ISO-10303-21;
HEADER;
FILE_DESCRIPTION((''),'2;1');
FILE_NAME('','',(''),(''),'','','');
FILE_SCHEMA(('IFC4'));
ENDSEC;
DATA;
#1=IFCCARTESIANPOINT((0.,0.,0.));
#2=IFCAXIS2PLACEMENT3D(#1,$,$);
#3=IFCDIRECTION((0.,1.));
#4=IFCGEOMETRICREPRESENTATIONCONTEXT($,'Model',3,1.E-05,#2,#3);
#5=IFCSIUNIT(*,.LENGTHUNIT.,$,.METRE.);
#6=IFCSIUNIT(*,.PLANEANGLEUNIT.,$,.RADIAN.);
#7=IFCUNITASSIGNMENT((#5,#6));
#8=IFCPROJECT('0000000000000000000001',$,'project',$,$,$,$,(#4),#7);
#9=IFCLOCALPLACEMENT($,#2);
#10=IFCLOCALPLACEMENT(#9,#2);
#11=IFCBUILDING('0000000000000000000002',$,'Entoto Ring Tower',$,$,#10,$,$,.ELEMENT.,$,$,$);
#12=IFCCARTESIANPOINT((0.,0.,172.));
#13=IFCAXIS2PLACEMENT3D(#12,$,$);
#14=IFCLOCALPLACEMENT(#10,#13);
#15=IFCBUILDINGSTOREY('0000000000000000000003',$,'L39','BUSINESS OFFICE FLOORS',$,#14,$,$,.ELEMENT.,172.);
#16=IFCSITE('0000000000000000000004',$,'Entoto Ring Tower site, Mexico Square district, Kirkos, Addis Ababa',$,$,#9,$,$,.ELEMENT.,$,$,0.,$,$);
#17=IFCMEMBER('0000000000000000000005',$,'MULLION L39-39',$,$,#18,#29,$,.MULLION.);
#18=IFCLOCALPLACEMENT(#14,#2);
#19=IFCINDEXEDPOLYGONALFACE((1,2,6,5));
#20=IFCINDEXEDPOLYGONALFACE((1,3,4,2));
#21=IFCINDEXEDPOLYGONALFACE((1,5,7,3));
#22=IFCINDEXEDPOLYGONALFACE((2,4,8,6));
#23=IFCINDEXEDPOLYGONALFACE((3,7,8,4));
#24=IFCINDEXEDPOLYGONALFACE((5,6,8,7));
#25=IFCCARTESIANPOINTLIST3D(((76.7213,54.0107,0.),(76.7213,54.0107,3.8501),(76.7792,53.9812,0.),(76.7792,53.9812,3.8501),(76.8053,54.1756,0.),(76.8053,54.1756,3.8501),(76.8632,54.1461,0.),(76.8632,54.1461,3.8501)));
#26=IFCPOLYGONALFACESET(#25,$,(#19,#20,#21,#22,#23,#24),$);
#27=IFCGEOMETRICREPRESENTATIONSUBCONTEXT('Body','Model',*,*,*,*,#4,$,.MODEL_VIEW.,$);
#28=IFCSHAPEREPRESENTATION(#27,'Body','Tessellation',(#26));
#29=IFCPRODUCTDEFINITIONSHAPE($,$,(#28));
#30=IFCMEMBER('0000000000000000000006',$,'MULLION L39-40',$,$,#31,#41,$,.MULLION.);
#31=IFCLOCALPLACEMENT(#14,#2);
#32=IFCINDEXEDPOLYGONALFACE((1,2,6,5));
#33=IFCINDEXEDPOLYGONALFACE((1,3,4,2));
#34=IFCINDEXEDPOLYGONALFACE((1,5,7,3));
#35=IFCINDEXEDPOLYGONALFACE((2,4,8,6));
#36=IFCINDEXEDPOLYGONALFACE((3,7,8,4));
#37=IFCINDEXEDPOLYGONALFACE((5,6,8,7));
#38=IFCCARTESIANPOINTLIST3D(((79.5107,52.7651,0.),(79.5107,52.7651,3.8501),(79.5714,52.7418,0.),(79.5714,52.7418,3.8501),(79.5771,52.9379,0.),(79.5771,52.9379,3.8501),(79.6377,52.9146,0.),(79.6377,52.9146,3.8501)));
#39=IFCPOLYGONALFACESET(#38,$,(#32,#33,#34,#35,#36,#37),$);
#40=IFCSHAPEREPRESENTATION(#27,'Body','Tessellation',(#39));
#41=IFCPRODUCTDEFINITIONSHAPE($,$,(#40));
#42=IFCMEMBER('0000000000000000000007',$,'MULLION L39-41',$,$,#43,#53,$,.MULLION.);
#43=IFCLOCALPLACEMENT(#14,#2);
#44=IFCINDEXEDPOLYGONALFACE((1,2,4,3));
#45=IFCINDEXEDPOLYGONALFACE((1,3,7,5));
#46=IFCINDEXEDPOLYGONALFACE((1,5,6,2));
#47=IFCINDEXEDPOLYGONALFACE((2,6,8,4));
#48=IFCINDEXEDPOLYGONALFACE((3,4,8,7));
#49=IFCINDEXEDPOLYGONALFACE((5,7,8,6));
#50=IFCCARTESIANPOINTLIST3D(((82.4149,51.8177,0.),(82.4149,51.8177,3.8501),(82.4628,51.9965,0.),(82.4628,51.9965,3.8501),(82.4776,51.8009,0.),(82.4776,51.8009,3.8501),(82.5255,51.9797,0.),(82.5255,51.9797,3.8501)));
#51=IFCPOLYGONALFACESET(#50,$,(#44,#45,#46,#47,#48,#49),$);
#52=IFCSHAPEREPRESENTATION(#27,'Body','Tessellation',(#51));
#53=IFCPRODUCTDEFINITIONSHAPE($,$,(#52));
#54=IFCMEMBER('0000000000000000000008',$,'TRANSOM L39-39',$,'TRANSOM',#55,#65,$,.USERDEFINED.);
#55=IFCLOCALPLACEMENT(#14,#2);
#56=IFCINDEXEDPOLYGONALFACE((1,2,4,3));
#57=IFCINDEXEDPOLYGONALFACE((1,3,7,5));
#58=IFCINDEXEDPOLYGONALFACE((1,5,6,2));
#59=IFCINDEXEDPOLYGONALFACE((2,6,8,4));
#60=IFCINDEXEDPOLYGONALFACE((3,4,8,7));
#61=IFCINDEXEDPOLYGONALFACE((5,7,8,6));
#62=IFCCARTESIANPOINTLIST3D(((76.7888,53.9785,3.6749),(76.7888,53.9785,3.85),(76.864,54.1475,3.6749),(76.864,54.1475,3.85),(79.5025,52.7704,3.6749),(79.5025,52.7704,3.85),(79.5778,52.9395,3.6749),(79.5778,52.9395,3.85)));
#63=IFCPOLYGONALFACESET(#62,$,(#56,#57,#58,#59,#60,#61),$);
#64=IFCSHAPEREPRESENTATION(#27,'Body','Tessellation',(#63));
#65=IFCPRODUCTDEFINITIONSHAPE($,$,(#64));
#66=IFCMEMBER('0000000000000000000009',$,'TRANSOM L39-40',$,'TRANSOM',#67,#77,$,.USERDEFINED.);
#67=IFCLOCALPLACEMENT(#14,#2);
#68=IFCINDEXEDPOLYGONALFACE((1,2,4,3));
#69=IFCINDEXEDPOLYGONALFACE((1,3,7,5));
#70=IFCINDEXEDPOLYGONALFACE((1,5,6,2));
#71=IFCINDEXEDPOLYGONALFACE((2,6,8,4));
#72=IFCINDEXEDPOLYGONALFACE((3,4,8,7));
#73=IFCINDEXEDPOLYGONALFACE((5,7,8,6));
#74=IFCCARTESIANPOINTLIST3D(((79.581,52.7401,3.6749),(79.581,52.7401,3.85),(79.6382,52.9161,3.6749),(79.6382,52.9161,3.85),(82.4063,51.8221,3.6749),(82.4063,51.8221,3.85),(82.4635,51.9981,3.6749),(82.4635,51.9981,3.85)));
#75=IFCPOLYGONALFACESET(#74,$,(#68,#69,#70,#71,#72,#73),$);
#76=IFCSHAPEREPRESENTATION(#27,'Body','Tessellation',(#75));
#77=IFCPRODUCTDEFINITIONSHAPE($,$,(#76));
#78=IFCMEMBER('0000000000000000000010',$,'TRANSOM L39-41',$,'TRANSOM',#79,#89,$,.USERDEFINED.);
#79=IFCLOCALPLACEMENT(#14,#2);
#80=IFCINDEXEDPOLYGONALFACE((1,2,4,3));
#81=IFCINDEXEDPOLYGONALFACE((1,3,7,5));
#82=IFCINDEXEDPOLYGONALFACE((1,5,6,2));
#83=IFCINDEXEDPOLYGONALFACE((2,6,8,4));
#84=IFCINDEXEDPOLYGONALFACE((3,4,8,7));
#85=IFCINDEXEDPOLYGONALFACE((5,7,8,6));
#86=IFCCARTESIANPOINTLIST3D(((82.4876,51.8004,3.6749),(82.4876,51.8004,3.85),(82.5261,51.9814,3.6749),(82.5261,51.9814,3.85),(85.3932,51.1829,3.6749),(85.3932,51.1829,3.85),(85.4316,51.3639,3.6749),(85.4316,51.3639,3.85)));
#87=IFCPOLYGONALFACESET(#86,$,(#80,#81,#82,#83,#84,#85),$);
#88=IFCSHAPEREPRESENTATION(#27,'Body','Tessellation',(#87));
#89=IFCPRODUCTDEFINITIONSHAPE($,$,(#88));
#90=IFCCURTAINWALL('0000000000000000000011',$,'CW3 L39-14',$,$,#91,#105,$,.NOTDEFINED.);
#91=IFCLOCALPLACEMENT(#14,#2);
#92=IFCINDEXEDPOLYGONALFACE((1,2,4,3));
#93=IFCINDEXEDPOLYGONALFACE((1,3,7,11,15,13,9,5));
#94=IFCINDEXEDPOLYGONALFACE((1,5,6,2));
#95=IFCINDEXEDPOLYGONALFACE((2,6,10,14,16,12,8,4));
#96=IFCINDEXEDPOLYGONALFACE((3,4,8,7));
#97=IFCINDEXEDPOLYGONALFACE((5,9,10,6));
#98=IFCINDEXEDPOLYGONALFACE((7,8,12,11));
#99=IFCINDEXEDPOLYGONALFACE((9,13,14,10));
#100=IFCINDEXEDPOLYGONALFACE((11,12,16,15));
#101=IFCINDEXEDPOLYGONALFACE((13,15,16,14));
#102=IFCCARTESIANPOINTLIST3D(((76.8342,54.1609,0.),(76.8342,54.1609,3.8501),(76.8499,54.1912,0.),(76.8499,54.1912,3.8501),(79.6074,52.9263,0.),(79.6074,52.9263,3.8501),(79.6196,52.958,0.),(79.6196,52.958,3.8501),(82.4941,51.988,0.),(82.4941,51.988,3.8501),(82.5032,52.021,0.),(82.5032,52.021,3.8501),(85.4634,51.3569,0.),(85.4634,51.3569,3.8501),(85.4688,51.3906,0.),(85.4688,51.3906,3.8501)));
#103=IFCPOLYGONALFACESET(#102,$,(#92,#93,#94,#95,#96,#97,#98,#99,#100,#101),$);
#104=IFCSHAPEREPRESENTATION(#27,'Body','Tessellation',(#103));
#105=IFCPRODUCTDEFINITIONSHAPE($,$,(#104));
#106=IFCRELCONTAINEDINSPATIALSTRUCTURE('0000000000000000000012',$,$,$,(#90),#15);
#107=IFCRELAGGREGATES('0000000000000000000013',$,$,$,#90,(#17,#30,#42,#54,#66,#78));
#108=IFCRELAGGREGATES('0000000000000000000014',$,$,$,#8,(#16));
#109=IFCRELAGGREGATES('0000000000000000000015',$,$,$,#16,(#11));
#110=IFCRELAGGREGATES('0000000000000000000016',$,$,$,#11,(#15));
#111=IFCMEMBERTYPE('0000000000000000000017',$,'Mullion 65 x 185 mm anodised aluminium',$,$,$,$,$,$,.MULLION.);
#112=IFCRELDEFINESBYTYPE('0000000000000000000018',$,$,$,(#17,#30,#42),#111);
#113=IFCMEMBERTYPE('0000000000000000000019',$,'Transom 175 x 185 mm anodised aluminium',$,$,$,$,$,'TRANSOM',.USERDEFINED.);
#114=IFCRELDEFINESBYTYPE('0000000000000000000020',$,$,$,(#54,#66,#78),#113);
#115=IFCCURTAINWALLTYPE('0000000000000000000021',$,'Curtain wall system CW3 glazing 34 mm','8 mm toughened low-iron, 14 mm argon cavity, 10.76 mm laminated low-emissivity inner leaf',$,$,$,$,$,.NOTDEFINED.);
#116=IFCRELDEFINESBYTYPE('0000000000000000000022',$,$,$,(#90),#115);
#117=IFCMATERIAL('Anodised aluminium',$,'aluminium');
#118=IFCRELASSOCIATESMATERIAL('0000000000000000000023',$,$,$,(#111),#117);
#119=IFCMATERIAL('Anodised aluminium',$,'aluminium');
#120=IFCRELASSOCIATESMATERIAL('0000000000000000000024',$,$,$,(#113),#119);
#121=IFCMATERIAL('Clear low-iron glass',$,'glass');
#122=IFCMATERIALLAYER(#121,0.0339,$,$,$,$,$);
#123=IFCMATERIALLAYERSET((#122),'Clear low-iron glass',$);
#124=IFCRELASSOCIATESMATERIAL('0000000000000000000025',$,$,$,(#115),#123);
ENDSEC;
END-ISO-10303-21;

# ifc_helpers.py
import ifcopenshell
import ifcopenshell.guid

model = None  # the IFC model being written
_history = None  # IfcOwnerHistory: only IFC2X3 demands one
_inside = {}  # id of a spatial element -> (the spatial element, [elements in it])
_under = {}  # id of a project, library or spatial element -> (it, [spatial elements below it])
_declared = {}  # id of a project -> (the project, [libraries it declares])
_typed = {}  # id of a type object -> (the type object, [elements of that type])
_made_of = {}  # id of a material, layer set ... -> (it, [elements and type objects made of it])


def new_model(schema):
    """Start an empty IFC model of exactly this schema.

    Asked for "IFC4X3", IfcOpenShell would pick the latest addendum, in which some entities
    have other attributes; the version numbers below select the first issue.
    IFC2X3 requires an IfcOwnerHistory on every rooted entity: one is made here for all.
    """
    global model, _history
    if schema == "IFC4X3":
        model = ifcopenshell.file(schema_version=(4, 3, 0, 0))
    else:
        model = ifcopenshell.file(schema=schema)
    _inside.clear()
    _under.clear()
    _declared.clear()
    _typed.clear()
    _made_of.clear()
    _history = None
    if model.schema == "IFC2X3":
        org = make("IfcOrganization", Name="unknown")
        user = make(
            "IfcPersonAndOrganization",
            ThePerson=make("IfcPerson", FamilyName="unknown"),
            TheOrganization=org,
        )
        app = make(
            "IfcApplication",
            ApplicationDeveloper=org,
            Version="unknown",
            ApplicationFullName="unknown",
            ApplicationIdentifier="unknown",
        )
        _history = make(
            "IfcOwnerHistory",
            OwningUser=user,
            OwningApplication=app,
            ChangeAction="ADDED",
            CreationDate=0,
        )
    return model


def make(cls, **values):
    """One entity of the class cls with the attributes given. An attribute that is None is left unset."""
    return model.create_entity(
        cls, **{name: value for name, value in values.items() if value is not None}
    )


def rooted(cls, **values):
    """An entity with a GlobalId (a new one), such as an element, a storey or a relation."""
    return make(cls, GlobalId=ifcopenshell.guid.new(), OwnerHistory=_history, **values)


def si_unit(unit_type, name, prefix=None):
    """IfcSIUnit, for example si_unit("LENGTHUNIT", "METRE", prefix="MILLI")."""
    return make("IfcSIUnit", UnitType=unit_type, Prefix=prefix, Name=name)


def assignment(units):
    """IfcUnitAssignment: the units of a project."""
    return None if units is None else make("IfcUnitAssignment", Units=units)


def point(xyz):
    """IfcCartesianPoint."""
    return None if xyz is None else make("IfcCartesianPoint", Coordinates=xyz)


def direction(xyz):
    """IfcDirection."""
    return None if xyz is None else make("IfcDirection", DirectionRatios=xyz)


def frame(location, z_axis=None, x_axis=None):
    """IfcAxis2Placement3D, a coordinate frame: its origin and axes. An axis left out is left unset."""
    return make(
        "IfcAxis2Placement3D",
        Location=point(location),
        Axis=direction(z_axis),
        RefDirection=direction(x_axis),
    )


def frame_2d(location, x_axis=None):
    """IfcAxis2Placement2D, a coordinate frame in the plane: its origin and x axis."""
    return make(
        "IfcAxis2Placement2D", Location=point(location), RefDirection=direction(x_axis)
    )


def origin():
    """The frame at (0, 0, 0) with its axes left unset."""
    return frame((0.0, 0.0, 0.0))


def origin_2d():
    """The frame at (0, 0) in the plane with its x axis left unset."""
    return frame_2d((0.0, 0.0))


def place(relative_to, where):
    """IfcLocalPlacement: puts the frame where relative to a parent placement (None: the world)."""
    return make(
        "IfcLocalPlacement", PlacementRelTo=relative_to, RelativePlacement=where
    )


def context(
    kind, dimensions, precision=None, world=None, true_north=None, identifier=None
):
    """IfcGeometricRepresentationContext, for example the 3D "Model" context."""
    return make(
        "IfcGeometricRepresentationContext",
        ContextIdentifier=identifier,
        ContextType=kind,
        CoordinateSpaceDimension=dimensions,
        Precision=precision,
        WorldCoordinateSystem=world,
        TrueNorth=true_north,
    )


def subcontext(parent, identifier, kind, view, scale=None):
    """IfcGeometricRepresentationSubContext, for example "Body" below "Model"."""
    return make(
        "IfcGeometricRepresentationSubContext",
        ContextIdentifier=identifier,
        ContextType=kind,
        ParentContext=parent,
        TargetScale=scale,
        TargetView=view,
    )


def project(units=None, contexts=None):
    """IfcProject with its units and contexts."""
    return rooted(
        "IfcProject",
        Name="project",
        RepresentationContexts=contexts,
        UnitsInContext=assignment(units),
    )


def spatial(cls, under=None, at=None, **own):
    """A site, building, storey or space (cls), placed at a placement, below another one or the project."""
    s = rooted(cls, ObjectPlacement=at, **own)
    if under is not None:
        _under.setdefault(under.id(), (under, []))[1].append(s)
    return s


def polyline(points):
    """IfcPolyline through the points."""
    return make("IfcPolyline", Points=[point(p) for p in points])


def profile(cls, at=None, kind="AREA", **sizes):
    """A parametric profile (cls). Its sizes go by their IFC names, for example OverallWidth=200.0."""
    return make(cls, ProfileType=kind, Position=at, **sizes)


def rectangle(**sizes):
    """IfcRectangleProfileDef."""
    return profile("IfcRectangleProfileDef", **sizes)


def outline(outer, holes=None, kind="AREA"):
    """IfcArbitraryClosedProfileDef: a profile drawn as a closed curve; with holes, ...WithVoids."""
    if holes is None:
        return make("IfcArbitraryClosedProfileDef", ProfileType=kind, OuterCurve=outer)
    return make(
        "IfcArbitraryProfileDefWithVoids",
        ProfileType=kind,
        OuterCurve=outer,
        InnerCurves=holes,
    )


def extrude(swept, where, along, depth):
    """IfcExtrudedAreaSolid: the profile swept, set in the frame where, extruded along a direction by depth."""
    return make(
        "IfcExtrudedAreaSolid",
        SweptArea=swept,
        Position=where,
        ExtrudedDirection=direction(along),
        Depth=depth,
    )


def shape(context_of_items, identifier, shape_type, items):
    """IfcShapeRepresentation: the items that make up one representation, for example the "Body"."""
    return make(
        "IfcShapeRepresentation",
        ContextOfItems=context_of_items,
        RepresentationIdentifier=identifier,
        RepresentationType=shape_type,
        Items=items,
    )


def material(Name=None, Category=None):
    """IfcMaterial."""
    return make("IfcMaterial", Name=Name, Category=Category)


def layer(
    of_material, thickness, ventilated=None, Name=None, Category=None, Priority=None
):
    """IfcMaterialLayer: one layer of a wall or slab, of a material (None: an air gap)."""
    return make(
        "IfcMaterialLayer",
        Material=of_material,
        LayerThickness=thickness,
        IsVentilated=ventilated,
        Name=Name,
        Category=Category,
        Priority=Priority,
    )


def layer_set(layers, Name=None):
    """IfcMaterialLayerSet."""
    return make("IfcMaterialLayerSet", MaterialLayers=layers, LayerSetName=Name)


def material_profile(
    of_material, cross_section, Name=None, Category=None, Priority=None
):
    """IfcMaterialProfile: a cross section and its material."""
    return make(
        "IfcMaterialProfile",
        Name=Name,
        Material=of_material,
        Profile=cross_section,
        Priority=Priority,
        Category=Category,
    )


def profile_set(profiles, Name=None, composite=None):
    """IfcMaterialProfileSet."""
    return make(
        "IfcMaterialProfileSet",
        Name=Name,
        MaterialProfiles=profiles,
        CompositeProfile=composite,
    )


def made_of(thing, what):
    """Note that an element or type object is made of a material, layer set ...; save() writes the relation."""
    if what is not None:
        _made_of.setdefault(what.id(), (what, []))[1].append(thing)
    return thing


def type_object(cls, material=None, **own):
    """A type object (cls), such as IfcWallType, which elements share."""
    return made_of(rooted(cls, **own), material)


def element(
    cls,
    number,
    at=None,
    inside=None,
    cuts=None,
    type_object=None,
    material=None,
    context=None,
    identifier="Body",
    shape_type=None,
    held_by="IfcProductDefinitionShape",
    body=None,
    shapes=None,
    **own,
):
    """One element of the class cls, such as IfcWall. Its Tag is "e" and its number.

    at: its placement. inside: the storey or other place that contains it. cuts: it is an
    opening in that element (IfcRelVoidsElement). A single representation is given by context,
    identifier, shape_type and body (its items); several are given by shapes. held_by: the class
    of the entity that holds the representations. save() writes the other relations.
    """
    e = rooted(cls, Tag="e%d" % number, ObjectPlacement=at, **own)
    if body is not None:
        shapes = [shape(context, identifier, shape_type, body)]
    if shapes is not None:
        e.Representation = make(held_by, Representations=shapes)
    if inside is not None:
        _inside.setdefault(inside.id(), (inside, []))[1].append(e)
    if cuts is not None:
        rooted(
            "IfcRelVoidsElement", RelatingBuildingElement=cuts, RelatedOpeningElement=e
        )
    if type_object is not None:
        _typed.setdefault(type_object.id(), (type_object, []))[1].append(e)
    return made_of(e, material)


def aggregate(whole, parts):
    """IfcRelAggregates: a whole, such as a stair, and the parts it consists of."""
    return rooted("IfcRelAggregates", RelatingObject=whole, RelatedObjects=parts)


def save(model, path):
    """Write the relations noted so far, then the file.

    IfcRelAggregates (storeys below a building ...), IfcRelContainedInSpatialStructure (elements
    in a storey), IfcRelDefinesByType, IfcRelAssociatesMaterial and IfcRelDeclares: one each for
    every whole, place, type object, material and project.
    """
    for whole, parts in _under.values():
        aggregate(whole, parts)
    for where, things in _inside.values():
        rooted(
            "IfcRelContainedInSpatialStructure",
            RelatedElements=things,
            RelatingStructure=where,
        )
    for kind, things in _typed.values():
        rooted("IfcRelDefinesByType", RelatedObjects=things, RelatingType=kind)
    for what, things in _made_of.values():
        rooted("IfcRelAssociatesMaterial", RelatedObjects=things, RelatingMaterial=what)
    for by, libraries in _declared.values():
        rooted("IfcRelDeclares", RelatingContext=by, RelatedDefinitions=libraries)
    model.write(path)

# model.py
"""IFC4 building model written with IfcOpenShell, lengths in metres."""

from ifc_helpers import new_model, si_unit, direction, frame, origin, origin_2d, place, context, subcontext, project, spatial, polyline, rectangle, outline, extrude, material, layer, layer_set, material_profile, profile_set, type_object, element, aggregate, save


model = new_model("IFC4")

# Units and contexts
model_context = context("Model", 3, precision=1e-05, world=origin(), true_north=direction((0.0, 1.0)))
body_context = subcontext(model_context, "Body", "Model", "MODEL_VIEW")
ifc_project = project(units=[si_unit("LENGTHUNIT", "METRE"), si_unit("PLANEANGLEUNIT", "RADIAN")], contexts=[model_context])

# Members
ifc_material_1 = material(Name="Anodised aluminium", Category="aluminium")
ifc_material_profile_1 = material_profile(ifc_material_1, rectangle(XDim=0.0649, YDim=0.1851, at=origin_2d()), Name="Mullion 65 x 185 mm anodised aluminium")
ifc_profile_set_1 = profile_set([ifc_material_profile_1], Name="Anodised aluminium")
member_type_1 = type_object("IfcMemberType", Name="Mullion 65 x 185 mm anodised aluminium", PredefinedType="MULLION", material=ifc_profile_set_1)
site_placement = place(None, origin())
building_placement = place(site_placement, origin())
storey_placement = place(building_placement, frame((0.0, 0.0, 172.0)))
member_1_placement = place(storey_placement, frame((76.7922, 54.0784, 0.0), z_axis=(0.0, 0.0, 1.0), x_axis=(0.891007, -0.45399, 0.0)))
member_1 = element("IfcMember", 1, at=member_1_placement, type_object=member_type_1, Name="MULLION L39-39", PredefinedType="MULLION", context=body_context, shape_type="SweptSolid", body=[
    extrude(rectangle(XDim=0.0649, YDim=0.1851, at=origin_2d()), origin(), (0.0, 0.0, 1.0), 3.8501),
])
member_2_placement = place(storey_placement, frame((79.5742, 52.8398, 0.0), z_axis=(0.0, 0.0, 1.0), x_axis=(0.93358, -0.358368, 0.0)))
member_2 = element("IfcMember", 2, at=member_2_placement, type_object=member_type_1, Name="MULLION L39-40", PredefinedType="MULLION", context=body_context, shape_type="SweptSolid", body=[
    extrude(rectangle(XDim=0.0649, YDim=0.1851, at=origin_2d()), origin(), (0.0, 0.0, 1.0), 3.8501),
])
member_3_placement = place(storey_placement, frame((82.4702, 51.8987, 0.0), z_axis=(0.0, 0.0, 1.0), x_axis=(0.965926, -0.258819, 0.0)))
member_3 = element("IfcMember", 3, at=member_3_placement, type_object=member_type_1, Name="MULLION L39-41", PredefinedType="MULLION", context=body_context, shape_type="SweptSolid", body=[
    extrude(rectangle(XDim=0.0649, YDim=0.1851, at=origin_2d()), origin(), (0.0, 0.0, 1.0), 3.8501),
])
ifc_material_2 = material(Name="Anodised aluminium", Category="aluminium")
ifc_material_profile_2 = material_profile(ifc_material_2, rectangle(XDim=0.1851, YDim=0.175, at=origin_2d()), Name="Transom 175 x 185 mm anodised aluminium")
ifc_profile_set_2 = profile_set([ifc_material_profile_2], Name="Anodised aluminium")
member_type_2 = type_object("IfcMemberType", Name="Transom 175 x 185 mm anodised aluminium", ElementType="TRANSOM", PredefinedType="USERDEFINED", material=ifc_profile_set_2)
member_4_placement = place(storey_placement, frame((76.8264, 54.063, 3.7625), z_axis=(0.913567, -0.406687, 0.0), x_axis=(0.406687, 0.913567, 0.0)))
member_4 = element("IfcMember", 4, at=member_4_placement, type_object=member_type_2, Name="TRANSOM L39-39", ObjectType="TRANSOM", PredefinedType="USERDEFINED", context=body_context, shape_type="SweptSolid", body=[
    extrude(rectangle(XDim=0.1851, YDim=0.175, at=origin_2d()), origin(), (0.0, 0.0, 1.0), 2.9705),
])
member_5_placement = place(storey_placement, frame((79.6096, 52.8281, 3.7625), z_axis=(0.951056, -0.309019, 0.0), x_axis=(0.309019, 0.951056, 0.0)))
member_5 = element("IfcMember", 5, at=member_5_placement, type_object=member_type_2, Name="TRANSOM L39-40", ObjectType="TRANSOM", PredefinedType="USERDEFINED", context=body_context, shape_type="SweptSolid", body=[
    extrude(rectangle(XDim=0.1851, YDim=0.175, at=origin_2d()), origin(), (0.0, 0.0, 1.0), 2.9707),
])
member_6_placement = place(storey_placement, frame((82.5068, 51.8909, 3.7625), z_axis=(0.978158, -0.207862, 0.0), x_axis=(0.207862, 0.978158, 0.0)))
member_6 = element("IfcMember", 6, at=member_6_placement, type_object=member_type_2, Name="TRANSOM L39-41", ObjectType="TRANSOM", PredefinedType="USERDEFINED", context=body_context, shape_type="SweptSolid", body=[
    extrude(rectangle(XDim=0.1851, YDim=0.175, at=origin_2d()), origin(), (0.0, 0.0, 1.0), 2.9705),
])

# Site, building, storey
site = spatial("IfcSite", under=ifc_project, at=site_placement, Name="Entoto Ring Tower site, Mexico Square district, Kirkos, Addis Ababa", CompositionType="ELEMENT", RefElevation=0.0)
building = spatial("IfcBuilding", under=site, at=building_placement, Name="Entoto Ring Tower", CompositionType="ELEMENT")
storey = spatial("IfcBuildingStorey", under=building, at=storey_placement, Name="L39", Description="BUSINESS OFFICE FLOORS", CompositionType="ELEMENT", Elevation=172.0)

# Curtain wall
ifc_material_3 = material(Name="Clear low-iron glass", Category="glass")
ifc_layer = layer(ifc_material_3, 0.0339)
ifc_layer_set = layer_set([ifc_layer], Name="Clear low-iron glass")
curtain_wall_type = type_object("IfcCurtainWallType", Name="Curtain wall system CW3 glazing 34 mm", Description="8 mm toughened low-iron, 14 mm argon cavity, 10.76 mm laminated low-emissivity inner leaf", PredefinedType="NOTDEFINED", material=ifc_layer_set)
curtain_wall_1_placement = place(storey_placement, origin())
curtain_wall_1 = element("IfcCurtainWall", 7, at=curtain_wall_1_placement, inside=storey, type_object=curtain_wall_type, Name="CW3 L39-14", PredefinedType="NOTDEFINED", context=body_context, shape_type="SweptSolid", body=[
    extrude(outline(polyline([(76.8342, 54.1609), (79.6074, 52.9263), (82.4941, 51.988), (85.4634, 51.3569), (85.4688, 51.3906), (82.5032, 52.021), (79.6196, 52.958), (76.8499, 54.1912), (76.8342, 54.1609)])), origin(), (0.0, 0.0, 1.0), 3.8501),
])
aggregate(curtain_wall_1, [member_1, member_2, member_3, member_4, member_5, member_6])

save(model, "model.ifc")
